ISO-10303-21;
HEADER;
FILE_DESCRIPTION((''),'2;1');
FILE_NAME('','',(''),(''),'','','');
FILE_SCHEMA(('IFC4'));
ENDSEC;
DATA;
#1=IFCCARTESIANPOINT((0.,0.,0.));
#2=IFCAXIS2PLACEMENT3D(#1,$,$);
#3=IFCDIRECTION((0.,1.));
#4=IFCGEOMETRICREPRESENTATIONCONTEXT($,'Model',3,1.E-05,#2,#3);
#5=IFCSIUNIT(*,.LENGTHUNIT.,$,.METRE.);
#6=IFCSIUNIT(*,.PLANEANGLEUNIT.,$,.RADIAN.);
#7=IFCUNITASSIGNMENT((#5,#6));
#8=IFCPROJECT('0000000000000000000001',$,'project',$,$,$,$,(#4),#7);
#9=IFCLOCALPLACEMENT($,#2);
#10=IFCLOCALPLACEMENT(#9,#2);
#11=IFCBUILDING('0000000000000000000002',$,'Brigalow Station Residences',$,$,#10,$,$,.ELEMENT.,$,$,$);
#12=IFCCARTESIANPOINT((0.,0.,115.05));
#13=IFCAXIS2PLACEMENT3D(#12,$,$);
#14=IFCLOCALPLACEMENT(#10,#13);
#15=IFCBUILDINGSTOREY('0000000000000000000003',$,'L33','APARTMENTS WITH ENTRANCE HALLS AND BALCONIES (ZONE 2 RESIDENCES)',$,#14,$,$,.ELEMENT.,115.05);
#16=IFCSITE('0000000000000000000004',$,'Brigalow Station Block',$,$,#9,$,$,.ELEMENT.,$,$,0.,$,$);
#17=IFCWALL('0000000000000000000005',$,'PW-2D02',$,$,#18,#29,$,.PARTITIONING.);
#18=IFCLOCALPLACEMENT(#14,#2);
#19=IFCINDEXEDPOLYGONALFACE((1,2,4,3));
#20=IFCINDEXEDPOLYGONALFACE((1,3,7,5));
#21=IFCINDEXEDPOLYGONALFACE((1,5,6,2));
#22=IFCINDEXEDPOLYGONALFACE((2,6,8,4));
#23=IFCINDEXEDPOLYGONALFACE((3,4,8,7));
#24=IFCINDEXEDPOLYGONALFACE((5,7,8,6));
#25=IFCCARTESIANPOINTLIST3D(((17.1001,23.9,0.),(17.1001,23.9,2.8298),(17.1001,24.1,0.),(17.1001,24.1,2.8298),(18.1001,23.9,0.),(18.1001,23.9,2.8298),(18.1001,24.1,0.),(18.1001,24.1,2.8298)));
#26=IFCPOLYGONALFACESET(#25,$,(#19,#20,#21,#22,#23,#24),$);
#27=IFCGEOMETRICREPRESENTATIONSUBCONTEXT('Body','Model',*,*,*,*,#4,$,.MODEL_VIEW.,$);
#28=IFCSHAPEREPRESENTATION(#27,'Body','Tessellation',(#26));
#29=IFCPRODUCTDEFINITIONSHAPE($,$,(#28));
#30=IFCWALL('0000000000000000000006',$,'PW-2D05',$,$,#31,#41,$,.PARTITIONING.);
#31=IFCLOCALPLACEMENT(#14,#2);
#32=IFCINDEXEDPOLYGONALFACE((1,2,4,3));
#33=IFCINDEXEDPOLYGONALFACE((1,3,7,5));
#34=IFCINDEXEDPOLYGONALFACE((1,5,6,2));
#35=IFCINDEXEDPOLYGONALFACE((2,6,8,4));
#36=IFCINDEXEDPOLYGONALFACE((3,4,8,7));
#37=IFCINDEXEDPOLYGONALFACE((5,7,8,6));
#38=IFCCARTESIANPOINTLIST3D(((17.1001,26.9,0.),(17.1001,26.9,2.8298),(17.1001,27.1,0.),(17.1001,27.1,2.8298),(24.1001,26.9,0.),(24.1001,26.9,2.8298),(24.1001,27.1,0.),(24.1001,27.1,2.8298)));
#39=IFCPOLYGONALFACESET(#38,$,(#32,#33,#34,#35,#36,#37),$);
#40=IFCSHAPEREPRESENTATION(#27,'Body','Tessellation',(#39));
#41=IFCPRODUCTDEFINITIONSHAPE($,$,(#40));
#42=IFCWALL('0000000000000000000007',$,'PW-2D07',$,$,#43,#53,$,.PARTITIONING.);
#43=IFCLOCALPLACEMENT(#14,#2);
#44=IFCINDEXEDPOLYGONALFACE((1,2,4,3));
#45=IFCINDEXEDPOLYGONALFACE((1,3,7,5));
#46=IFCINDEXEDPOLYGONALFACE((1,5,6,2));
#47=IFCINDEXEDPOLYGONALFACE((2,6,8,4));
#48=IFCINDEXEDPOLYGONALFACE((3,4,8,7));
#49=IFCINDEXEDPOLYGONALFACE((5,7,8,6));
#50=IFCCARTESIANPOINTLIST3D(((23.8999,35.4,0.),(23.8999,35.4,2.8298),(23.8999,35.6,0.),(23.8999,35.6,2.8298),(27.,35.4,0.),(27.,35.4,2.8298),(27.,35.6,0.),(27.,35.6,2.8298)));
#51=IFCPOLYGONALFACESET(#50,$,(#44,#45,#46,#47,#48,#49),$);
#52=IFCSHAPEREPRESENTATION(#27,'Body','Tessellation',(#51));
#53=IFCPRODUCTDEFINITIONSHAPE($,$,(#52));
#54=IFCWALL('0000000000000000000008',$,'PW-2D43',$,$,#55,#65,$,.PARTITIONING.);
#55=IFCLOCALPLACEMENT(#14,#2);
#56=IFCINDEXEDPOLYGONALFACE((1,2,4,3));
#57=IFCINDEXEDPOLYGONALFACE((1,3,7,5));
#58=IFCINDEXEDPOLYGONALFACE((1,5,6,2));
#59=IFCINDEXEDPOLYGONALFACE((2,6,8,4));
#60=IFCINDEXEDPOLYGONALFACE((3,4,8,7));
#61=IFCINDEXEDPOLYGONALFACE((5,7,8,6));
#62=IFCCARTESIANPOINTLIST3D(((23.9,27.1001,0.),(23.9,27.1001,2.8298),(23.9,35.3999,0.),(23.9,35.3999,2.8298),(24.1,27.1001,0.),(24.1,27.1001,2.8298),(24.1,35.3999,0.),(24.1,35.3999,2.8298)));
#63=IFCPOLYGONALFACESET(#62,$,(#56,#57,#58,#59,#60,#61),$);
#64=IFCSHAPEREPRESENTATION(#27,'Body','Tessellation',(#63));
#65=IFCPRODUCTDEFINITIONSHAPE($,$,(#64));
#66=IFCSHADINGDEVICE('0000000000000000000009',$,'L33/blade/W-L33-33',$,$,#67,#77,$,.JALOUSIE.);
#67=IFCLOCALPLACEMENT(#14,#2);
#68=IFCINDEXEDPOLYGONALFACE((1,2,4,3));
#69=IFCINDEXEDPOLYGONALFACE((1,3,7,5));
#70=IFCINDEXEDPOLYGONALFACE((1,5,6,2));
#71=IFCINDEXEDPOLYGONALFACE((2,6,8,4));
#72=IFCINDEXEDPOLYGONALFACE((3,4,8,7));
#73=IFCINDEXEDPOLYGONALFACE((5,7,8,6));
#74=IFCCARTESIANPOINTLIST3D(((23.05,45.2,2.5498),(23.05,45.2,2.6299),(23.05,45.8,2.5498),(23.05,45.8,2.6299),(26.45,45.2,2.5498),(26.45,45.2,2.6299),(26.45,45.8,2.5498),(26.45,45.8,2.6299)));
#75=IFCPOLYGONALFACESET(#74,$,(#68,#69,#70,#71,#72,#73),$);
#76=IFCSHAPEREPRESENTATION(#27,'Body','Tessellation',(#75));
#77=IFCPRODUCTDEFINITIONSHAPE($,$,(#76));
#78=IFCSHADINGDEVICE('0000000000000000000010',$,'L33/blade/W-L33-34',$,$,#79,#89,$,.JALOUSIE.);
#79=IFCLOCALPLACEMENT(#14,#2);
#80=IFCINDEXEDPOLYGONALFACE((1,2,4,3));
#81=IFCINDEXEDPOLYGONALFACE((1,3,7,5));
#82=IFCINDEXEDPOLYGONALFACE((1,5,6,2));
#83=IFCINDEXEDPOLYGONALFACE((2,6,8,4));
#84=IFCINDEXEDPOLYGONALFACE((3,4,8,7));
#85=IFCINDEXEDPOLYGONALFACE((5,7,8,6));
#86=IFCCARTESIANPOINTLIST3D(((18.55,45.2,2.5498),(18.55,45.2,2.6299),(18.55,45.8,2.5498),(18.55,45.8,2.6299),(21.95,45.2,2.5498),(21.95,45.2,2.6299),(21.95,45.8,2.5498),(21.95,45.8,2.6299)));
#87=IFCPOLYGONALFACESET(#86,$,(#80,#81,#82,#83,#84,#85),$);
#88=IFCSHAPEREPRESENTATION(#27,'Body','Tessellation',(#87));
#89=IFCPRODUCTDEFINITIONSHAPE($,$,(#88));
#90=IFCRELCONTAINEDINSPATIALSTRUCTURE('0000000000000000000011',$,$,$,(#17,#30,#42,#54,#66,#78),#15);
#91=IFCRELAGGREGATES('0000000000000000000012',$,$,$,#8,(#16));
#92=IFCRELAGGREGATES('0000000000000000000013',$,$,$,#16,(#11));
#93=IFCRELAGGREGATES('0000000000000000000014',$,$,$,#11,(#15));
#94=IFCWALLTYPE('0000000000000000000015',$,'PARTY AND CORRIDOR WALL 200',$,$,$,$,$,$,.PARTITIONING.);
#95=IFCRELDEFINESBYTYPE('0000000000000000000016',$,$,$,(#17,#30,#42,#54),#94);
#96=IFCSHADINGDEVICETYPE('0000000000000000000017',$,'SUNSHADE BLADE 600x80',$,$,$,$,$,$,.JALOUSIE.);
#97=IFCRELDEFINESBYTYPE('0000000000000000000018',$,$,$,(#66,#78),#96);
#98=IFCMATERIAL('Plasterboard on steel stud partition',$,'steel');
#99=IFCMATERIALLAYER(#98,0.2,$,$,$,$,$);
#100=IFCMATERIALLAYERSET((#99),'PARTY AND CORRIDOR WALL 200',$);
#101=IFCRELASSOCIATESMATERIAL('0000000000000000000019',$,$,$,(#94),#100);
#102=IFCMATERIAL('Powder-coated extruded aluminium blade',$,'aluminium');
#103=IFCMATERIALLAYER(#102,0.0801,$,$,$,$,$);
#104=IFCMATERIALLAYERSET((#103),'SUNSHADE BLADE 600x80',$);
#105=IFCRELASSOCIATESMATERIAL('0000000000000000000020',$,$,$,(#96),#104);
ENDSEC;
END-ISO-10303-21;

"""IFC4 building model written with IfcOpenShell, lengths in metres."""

from ifc_helpers import new_model, si_unit, direction, frame, frame_2d, origin, origin_2d, place, context, subcontext, project, spatial, rectangle, extrude, material, layer, layer_set, type_object, element, save


model = new_model("IFC4")

# Units and contexts
model_context = context("Model", 3, precision=1e-05, world=origin(), true_north=direction((0.0, 1.0)))
body_context = subcontext(model_context, "Body", "Model", "MODEL_VIEW")
ifc_project = project(units=[si_unit("LENGTHUNIT", "METRE"), si_unit("PLANEANGLEUNIT", "RADIAN")], contexts=[model_context])

# Site, building, storey
site_placement = place(None, origin())
site = spatial("IfcSite", under=ifc_project, at=site_placement, Name="Brigalow Station Block", CompositionType="ELEMENT", RefElevation=0.0)
building_placement = place(site_placement, origin())
building = spatial("IfcBuilding", under=site, at=building_placement, Name="Brigalow Station Residences", CompositionType="ELEMENT")
storey_placement = place(building_placement, frame((0.0, 0.0, 115.05)))
storey = spatial("IfcBuildingStorey", under=building, at=storey_placement, Name="L33", Description="APARTMENTS WITH ENTRANCE HALLS AND BALCONIES (ZONE 2 RESIDENCES)", CompositionType="ELEMENT", Elevation=115.05)

# Walls
ifc_material_1 = material(Name="Plasterboard on steel stud partition", Category="steel")
ifc_layer_1 = layer(ifc_material_1, 0.2)
ifc_layer_set_1 = layer_set([ifc_layer_1], Name="PARTY AND CORRIDOR WALL 200")
wall_type_1 = type_object("IfcWallType", Name="PARTY AND CORRIDOR WALL 200", PredefinedType="PARTITIONING", material=ifc_layer_set_1)
wall_1_placement = place(storey_placement, frame((17.1001, 24.0, 0.0), z_axis=(0.0, 0.0, 1.0), x_axis=(1.0, 0.0, 0.0)))
element("IfcWall", 1, at=wall_1_placement, inside=storey, type_object=wall_type_1, Name="PW-2D02", PredefinedType="PARTITIONING", context=body_context, shape_type="SweptSolid", body=[
    extrude(rectangle(XDim=1.0, YDim=0.2, at=frame_2d((0.5, 0.0))), origin(), (0.0, 0.0, 1.0), 2.8298),
])
wall_2_placement = place(storey_placement, frame((17.1001, 27.0, 0.0), z_axis=(0.0, 0.0, 1.0), x_axis=(1.0, 0.0, 0.0)))
element("IfcWall", 2, at=wall_2_placement, inside=storey, type_object=wall_type_1, Name="PW-2D05", PredefinedType="PARTITIONING", context=body_context, shape_type="SweptSolid", body=[
    extrude(rectangle(XDim=7.0, YDim=0.2, at=frame_2d((3.5, 0.0))), origin(), (0.0, 0.0, 1.0), 2.8298),
])
wall_3_placement = place(storey_placement, frame((23.8999, 35.5, 0.0), z_axis=(0.0, 0.0, 1.0), x_axis=(1.0, 0.0, 0.0)))
element("IfcWall", 3, at=wall_3_placement, inside=storey, type_object=wall_type_1, Name="PW-2D07", PredefinedType="PARTITIONING", context=body_context, shape_type="SweptSolid", body=[
    extrude(rectangle(XDim=3.1001, YDim=0.2, at=frame_2d((1.55, 0.0))), origin(), (0.0, 0.0, 1.0), 2.8298),
])
wall_4_placement = place(storey_placement, frame((24.0, 27.1001, 0.0), z_axis=(0.0, 0.0, 1.0), x_axis=(0.0, 1.0, 0.0)))
element("IfcWall", 4, at=wall_4_placement, inside=storey, type_object=wall_type_1, Name="PW-2D43", PredefinedType="PARTITIONING", context=body_context, shape_type="SweptSolid", body=[
    extrude(rectangle(XDim=8.2998, YDim=0.2, at=frame_2d((4.1499, 0.0))), origin(), (0.0, 0.0, 1.0), 2.8298),
])

# Shading devices
ifc_material_2 = material(Name="Powder-coated extruded aluminium blade", Category="aluminium")
ifc_layer_2 = layer(ifc_material_2, 0.0801)
ifc_layer_set_2 = layer_set([ifc_layer_2], Name="SUNSHADE BLADE 600x80")
shading_device_type = type_object("IfcShadingDeviceType", Name="SUNSHADE BLADE 600x80", PredefinedType="JALOUSIE", material=ifc_layer_set_2)
for number, where, z_axis, x_axis, name in (
    (5, (24.75, 45.5, 2.5498), (0.0, 0.0, 1.0), (-1.0, 0.0, 0.0), "L33/blade/W-L33-33"),
    (6, (20.25, 45.5, 2.5498), (0.0, 0.0, 1.0), (-1.0, 0.0, 0.0), "L33/blade/W-L33-34"),
):
    element("IfcShadingDevice", number, at=place(storey_placement, frame(where, z_axis=z_axis, x_axis=x_axis)), inside=storey, type_object=shading_device_type, Name=name, PredefinedType="JALOUSIE", context=body_context, shape_type="SweptSolid", body=[
        extrude(rectangle(XDim=3.3999, YDim=0.6001, at=origin_2d()), origin(), (0.0, 0.0, 1.0), 0.0801),
    ])

save(model, "model.ifc")
